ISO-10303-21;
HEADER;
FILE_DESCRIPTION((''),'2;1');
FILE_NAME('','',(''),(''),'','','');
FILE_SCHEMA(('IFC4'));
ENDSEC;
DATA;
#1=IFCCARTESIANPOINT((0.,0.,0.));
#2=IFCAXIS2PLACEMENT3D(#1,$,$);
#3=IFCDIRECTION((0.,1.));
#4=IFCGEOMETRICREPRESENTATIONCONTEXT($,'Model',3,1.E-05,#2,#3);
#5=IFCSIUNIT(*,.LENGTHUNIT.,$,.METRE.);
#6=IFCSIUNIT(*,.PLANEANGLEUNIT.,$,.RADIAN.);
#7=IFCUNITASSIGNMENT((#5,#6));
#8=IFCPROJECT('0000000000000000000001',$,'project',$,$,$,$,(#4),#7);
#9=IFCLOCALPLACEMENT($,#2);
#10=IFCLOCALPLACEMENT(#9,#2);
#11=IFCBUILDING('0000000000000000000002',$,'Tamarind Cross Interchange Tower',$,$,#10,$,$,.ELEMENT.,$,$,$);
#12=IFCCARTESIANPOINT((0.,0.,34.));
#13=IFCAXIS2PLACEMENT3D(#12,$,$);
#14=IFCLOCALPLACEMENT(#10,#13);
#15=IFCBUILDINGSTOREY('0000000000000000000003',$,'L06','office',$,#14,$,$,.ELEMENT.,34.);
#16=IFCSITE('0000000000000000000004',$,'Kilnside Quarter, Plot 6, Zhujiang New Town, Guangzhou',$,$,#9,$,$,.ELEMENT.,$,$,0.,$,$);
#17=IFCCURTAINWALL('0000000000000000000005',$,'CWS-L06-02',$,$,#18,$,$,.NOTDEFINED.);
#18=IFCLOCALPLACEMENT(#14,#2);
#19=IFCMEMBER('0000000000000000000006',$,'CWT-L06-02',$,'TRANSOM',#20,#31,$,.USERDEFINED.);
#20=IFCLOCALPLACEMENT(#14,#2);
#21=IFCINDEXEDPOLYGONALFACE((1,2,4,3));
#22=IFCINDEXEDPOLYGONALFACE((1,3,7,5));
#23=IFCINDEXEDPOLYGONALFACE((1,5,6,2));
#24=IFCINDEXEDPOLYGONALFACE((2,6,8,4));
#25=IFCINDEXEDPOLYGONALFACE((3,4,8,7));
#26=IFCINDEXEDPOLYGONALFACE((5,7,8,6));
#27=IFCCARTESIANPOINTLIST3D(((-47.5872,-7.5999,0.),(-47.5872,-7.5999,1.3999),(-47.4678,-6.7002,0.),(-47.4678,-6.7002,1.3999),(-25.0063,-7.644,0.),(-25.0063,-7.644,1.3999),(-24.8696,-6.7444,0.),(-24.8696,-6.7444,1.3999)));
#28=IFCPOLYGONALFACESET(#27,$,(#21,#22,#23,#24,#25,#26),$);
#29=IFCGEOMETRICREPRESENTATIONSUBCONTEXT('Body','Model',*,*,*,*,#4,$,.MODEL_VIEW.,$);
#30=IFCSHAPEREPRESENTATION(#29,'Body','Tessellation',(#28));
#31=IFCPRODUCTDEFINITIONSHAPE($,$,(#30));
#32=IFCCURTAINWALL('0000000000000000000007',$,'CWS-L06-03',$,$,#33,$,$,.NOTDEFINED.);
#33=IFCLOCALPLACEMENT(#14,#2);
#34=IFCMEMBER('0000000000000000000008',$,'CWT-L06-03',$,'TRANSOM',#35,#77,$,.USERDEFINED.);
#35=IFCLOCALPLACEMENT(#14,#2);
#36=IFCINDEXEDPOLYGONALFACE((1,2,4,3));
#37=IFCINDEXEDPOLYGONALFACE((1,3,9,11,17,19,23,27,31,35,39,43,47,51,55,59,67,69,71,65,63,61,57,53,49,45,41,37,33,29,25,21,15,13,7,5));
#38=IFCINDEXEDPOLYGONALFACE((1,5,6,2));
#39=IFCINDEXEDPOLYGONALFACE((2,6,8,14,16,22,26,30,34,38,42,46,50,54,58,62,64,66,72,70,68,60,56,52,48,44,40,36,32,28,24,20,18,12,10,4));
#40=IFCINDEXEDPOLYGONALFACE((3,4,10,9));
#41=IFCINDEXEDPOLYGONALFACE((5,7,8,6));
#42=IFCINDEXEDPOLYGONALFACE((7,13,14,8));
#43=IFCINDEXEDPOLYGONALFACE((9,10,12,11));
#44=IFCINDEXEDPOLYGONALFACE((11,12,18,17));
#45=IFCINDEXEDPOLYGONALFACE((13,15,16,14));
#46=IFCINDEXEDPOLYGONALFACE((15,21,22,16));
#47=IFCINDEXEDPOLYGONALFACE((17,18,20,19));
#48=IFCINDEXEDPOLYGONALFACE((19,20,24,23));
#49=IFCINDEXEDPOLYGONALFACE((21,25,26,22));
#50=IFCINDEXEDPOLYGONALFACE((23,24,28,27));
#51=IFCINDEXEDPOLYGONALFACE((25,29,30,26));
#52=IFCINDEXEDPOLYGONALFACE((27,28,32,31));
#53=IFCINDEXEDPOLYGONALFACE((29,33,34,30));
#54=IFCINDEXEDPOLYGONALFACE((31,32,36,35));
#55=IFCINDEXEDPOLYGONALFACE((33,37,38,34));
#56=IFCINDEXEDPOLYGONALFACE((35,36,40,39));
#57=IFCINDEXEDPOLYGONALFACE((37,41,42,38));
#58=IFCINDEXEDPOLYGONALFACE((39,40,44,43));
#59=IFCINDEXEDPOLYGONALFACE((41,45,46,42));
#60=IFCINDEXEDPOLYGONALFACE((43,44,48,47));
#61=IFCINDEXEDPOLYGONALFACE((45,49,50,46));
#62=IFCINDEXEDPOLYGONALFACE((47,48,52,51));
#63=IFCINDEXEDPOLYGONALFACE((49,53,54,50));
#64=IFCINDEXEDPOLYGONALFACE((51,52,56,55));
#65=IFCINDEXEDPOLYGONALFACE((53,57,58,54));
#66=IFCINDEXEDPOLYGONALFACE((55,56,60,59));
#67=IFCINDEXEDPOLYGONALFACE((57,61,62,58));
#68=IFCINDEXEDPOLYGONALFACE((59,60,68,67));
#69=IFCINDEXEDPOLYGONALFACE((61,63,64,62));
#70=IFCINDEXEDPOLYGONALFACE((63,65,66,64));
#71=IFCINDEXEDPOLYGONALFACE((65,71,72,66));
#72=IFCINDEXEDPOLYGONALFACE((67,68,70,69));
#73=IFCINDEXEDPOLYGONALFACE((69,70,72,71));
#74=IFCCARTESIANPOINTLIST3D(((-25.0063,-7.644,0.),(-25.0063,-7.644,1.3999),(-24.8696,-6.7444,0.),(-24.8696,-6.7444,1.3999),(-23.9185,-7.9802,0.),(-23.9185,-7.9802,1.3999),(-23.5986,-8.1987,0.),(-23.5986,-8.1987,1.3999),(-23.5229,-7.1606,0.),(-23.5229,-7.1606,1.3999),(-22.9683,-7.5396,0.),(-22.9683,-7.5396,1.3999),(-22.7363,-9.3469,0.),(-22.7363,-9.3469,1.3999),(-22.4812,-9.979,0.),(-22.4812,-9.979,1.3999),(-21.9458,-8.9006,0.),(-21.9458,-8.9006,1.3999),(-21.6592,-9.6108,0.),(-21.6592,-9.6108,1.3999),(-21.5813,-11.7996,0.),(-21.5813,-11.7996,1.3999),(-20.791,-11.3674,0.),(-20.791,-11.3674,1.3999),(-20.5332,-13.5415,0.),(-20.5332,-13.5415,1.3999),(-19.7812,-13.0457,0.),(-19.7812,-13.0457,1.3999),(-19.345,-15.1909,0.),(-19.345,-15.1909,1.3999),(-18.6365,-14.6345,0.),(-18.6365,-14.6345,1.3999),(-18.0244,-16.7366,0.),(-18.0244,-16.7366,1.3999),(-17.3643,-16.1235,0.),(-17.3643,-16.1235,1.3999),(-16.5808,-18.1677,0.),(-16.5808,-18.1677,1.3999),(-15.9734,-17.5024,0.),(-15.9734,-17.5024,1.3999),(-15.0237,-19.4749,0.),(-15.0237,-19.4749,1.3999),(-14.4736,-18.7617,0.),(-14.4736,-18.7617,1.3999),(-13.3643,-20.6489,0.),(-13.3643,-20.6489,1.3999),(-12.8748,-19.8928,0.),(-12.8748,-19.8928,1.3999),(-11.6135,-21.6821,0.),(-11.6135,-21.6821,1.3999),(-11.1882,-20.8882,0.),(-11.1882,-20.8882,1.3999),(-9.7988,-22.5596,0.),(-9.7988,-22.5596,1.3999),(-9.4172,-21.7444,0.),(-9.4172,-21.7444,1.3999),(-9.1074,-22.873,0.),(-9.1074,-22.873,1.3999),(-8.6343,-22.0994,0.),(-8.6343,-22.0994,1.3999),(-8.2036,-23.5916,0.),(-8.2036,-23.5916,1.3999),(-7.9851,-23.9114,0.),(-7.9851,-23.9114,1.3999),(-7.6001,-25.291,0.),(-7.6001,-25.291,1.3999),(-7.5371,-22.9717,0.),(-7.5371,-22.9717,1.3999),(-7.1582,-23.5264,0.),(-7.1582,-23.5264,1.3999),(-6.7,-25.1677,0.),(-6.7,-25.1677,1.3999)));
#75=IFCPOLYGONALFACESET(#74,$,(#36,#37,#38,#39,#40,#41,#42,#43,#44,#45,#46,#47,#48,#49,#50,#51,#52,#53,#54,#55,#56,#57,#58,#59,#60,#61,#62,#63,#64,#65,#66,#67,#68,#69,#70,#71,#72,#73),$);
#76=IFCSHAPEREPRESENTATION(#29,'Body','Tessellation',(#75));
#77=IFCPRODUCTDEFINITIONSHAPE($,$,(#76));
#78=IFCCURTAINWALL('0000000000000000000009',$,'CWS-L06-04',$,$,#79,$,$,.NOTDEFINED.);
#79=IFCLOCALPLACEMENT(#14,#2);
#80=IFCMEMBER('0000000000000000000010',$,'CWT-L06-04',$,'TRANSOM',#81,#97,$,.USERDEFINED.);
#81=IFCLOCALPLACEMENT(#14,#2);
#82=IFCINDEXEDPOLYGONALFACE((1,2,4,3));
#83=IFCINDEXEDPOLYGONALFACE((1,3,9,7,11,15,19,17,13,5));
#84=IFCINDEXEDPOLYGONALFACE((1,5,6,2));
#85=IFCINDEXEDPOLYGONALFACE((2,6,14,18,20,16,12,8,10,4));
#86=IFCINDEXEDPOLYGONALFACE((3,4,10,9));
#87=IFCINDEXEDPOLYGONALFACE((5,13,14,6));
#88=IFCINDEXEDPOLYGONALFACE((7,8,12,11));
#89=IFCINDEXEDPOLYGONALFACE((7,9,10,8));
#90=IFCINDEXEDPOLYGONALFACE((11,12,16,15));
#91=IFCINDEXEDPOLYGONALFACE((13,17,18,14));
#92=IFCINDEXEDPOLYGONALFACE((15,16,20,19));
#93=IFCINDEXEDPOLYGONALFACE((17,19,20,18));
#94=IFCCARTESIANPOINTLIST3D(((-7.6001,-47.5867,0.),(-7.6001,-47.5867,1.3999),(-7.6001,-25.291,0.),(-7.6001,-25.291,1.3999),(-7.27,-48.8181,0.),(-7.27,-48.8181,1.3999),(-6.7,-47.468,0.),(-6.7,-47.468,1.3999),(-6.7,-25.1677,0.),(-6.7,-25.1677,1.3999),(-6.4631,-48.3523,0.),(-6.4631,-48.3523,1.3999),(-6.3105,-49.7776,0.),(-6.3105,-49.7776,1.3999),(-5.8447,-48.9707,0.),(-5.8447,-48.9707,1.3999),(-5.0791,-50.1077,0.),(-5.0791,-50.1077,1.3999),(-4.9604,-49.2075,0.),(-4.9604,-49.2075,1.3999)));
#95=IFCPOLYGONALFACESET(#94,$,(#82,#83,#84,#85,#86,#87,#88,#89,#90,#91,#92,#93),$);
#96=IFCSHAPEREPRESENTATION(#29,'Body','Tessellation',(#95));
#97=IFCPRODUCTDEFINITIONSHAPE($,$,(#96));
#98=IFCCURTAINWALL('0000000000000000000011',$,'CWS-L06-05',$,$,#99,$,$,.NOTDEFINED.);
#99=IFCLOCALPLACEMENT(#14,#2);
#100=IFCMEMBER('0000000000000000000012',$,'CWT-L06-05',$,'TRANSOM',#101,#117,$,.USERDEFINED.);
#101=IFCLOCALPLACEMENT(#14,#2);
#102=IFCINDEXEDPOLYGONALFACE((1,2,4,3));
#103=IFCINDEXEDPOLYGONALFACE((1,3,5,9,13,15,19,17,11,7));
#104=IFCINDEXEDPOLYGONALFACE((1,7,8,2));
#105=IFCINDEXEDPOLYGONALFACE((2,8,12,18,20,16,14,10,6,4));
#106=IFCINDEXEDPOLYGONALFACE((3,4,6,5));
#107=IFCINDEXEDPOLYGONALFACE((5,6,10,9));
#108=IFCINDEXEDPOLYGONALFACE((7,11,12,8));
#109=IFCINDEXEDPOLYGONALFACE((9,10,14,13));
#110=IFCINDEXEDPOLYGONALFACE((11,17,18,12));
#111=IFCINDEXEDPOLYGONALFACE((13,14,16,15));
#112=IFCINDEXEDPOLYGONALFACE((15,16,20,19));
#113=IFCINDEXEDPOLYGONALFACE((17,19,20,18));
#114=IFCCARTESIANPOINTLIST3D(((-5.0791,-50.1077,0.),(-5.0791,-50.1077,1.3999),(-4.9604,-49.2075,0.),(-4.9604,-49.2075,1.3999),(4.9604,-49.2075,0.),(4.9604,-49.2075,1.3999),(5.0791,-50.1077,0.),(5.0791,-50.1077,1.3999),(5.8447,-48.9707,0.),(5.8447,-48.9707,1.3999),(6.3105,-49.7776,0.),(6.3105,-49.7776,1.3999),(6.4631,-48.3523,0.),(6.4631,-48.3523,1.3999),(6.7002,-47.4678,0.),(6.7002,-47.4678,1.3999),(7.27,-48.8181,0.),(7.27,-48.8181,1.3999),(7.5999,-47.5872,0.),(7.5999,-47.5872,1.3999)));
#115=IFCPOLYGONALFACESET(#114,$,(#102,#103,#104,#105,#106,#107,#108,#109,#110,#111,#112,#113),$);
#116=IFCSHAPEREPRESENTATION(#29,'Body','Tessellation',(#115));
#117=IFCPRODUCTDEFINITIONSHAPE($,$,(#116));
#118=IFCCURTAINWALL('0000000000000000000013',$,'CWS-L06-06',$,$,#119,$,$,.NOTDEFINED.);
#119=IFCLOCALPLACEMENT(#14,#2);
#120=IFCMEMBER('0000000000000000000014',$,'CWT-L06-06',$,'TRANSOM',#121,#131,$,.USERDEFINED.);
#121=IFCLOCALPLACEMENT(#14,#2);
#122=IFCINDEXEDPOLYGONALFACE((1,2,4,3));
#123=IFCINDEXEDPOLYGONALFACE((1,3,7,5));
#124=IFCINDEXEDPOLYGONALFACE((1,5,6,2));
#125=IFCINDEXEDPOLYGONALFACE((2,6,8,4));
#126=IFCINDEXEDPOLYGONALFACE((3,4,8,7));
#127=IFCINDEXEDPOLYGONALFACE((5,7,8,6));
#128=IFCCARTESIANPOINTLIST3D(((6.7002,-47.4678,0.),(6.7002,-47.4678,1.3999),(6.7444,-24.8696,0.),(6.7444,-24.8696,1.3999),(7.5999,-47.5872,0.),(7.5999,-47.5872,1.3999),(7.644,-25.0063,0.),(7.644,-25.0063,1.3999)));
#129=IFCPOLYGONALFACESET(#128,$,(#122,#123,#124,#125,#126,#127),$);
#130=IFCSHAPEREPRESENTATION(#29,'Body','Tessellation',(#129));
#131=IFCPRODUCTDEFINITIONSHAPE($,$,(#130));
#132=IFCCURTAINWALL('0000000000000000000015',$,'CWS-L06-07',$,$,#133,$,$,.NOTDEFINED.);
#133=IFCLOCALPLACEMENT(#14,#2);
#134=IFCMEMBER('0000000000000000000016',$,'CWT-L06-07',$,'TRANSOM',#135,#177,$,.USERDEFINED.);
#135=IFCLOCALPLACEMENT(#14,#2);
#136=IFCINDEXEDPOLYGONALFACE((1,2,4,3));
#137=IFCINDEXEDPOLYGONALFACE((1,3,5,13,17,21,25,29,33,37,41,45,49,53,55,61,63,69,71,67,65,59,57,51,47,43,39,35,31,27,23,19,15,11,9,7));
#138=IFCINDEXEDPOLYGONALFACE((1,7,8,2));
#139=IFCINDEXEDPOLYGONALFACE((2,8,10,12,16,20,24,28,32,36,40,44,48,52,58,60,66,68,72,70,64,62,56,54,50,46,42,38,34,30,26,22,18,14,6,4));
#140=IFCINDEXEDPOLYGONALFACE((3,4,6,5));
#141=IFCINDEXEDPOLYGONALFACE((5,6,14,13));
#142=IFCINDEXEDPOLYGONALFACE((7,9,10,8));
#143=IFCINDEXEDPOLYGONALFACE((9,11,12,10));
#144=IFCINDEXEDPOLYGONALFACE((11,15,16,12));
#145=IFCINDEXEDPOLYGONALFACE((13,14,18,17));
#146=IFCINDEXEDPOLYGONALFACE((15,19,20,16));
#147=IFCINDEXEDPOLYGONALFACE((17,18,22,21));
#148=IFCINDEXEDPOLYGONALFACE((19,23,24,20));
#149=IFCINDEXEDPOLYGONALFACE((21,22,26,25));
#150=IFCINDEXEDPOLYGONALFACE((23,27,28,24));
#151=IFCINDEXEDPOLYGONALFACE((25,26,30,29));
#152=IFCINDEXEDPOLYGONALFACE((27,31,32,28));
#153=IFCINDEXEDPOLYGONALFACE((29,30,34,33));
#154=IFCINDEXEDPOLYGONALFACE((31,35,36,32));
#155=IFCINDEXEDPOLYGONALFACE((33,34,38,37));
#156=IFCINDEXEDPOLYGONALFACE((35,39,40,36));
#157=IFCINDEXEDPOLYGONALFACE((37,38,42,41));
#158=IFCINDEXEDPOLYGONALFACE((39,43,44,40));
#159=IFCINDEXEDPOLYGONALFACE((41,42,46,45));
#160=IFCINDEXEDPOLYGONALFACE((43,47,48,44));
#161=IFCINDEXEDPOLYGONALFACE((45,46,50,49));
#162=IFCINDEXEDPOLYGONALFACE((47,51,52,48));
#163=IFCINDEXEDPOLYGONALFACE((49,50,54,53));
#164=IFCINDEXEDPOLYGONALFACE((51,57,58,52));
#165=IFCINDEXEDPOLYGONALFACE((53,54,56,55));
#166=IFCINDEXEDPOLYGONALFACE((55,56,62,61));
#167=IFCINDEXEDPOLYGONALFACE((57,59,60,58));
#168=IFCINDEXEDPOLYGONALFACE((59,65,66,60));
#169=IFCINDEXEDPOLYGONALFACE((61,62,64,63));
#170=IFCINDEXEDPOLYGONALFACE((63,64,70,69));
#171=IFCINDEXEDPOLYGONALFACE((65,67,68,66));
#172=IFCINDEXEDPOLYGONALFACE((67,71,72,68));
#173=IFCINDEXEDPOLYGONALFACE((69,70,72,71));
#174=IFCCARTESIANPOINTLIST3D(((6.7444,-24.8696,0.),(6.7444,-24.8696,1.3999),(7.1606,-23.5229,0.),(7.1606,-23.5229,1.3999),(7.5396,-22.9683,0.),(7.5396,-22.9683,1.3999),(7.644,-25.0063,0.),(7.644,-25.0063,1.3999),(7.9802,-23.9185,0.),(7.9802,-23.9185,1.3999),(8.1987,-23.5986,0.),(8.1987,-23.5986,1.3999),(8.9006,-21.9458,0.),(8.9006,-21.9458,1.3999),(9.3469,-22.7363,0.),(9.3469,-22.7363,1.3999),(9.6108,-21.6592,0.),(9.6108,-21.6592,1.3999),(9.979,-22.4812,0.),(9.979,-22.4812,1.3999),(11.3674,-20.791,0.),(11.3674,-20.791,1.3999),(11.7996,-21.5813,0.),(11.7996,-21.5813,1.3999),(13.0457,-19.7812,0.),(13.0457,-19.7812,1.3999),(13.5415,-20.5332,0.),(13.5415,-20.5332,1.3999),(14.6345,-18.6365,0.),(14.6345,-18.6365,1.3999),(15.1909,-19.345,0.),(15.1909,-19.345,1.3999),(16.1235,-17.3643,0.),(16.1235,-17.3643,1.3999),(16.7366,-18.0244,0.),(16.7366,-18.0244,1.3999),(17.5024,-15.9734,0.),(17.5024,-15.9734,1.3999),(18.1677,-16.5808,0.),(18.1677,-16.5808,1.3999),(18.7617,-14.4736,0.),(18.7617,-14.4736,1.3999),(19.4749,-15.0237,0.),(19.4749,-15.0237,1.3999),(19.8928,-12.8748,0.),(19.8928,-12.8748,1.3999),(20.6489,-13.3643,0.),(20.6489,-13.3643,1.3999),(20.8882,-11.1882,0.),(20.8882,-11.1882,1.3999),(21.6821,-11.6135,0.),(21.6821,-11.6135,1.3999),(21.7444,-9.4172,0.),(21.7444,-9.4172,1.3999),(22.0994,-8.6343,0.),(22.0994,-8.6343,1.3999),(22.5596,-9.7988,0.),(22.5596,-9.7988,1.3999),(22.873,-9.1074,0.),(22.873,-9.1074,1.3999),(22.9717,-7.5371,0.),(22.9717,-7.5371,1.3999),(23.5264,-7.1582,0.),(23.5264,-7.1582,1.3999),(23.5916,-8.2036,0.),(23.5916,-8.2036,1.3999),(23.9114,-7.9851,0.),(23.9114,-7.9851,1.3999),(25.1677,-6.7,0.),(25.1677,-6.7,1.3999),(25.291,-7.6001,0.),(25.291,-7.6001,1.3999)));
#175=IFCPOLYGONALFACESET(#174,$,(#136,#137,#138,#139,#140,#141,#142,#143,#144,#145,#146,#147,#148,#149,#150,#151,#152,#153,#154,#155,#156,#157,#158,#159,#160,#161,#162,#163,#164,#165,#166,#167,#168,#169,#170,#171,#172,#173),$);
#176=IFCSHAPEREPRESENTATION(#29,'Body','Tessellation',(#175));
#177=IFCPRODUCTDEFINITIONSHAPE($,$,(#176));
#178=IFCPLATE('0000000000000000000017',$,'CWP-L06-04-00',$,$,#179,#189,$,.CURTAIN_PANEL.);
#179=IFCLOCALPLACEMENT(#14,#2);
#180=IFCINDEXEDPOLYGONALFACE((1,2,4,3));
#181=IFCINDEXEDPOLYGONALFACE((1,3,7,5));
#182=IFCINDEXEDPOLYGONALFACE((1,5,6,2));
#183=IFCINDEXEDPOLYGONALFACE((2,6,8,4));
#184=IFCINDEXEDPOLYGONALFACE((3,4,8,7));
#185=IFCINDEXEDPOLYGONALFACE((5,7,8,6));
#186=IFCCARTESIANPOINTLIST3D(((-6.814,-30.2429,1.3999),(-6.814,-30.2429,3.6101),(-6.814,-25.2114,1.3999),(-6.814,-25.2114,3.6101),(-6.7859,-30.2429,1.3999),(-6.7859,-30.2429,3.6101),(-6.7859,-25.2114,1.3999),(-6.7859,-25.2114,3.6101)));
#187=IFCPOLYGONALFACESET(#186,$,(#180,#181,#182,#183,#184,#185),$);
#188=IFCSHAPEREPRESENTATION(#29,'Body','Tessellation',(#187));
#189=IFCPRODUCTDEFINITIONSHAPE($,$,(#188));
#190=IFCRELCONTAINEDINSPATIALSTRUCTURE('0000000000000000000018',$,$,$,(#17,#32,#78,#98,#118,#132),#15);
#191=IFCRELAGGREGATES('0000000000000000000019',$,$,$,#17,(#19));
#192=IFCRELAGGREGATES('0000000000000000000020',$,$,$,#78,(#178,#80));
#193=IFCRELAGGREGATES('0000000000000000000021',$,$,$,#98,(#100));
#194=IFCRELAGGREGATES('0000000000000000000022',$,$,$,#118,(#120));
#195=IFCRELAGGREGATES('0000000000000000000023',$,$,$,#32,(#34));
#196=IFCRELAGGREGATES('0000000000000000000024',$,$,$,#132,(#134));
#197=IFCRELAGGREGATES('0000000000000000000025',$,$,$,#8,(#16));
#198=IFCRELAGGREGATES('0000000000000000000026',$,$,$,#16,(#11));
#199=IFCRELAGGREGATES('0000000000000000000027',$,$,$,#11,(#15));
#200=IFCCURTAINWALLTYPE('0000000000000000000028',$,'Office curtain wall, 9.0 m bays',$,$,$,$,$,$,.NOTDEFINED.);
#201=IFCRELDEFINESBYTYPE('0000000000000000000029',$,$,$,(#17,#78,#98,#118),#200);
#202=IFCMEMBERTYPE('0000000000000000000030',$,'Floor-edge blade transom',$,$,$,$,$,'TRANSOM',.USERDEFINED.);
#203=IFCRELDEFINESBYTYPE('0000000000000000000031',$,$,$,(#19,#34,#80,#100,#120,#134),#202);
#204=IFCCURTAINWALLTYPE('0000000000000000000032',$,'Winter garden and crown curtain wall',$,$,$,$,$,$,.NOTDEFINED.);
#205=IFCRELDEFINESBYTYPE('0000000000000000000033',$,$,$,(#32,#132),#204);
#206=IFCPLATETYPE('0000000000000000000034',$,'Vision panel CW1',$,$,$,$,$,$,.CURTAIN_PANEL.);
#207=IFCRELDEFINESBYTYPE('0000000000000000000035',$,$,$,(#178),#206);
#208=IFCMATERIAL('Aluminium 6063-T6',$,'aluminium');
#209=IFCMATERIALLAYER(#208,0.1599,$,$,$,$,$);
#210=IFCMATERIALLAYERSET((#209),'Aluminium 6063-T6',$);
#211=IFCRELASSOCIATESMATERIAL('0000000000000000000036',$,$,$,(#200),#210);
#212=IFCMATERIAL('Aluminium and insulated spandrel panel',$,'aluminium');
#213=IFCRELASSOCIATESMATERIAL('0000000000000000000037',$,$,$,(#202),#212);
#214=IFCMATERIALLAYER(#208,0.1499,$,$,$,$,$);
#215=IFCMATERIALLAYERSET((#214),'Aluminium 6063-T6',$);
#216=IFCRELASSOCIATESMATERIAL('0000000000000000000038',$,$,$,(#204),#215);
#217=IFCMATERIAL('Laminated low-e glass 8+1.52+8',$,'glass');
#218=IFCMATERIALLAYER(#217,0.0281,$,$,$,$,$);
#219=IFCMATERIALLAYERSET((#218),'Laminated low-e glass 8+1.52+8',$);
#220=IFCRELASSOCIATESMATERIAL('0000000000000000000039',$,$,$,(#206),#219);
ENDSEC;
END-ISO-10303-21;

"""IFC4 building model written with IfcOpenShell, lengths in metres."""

from ifc_helpers import new_model, si_unit, direction, frame, origin, place, context, subcontext, project, spatial, polyline, outline, extrude, material, layer, layer_set, type_object, element, aggregate, save


model = new_model("IFC4")

# Units and contexts
model_context = context("Model", 3, precision=1e-05, world=origin(), true_north=direction((0.0, 1.0)))
body_context = subcontext(model_context, "Body", "Model", "MODEL_VIEW")
ifc_project = project(units=[si_unit("LENGTHUNIT", "METRE"), si_unit("PLANEANGLEUNIT", "RADIAN")], contexts=[model_context])

# Site, building, storey
site_placement = place(None, origin())
site = spatial("IfcSite", under=ifc_project, at=site_placement, Name="Kilnside Quarter, Plot 6, Zhujiang New Town, Guangzhou", CompositionType="ELEMENT", RefElevation=0.0)
building_placement = place(site_placement, origin())
building = spatial("IfcBuilding", under=site, at=building_placement, Name="Tamarind Cross Interchange Tower", CompositionType="ELEMENT")
storey_placement = place(building_placement, frame((0.0, 0.0, 34.0)))
storey = spatial("IfcBuildingStorey", under=building, at=storey_placement, Name="L06", Description="office", CompositionType="ELEMENT", Elevation=34.0)

# Curtain walls, members
ifc_material_1 = material(Name="Aluminium 6063-T6", Category="aluminium")
ifc_layer_1 = layer(ifc_material_1, 0.1599)
ifc_layer_set_1 = layer_set([ifc_layer_1], Name="Aluminium 6063-T6")
curtain_wall_type_1 = type_object("IfcCurtainWallType", Name="Office curtain wall, 9.0 m bays", PredefinedType="NOTDEFINED", material=ifc_layer_set_1)
curtain_wall_1_placement = place(storey_placement, origin())
curtain_wall_1 = element("IfcCurtainWall", 1, at=curtain_wall_1_placement, inside=storey, type_object=curtain_wall_type_1, Name="CWS-L06-02", PredefinedType="NOTDEFINED")
ifc_material_2 = material(Name="Aluminium and insulated spandrel panel", Category="aluminium")
member_type = type_object("IfcMemberType", Name="Floor-edge blade transom", ElementType="TRANSOM", PredefinedType="USERDEFINED", material=ifc_material_2)
member_1_placement = place(storey_placement, origin())
member_1 = element("IfcMember", 2, at=member_1_placement, type_object=member_type, Name="CWT-L06-02", ObjectType="TRANSOM", PredefinedType="USERDEFINED", context=body_context, shape_type="SweptSolid", body=[
    extrude(outline(polyline([(-47.4678, -6.7002), (-24.8696, -6.7444), (-25.0063, -7.644), (-47.5872, -7.5999), (-47.4678, -6.7002)])), origin(), (0.0, 0.0, 1.0), 1.3999),
])
aggregate(curtain_wall_1, [member_1])
ifc_layer_2 = layer(ifc_material_1, 0.1499)
ifc_layer_set_2 = layer_set([ifc_layer_2], Name="Aluminium 6063-T6")
curtain_wall_type_2 = type_object("IfcCurtainWallType", Name="Winter garden and crown curtain wall", PredefinedType="NOTDEFINED", material=ifc_layer_set_2)
curtain_wall_2_placement = place(storey_placement, origin())
curtain_wall_2 = element("IfcCurtainWall", 3, at=curtain_wall_2_placement, inside=storey, type_object=curtain_wall_type_2, Name="CWS-L06-03", PredefinedType="NOTDEFINED")
member_2_placement = place(storey_placement, origin())
member_2 = element("IfcMember", 4, at=member_2_placement, type_object=member_type, Name="CWT-L06-03", ObjectType="TRANSOM", PredefinedType="USERDEFINED", context=body_context, shape_type="SweptSolid", body=[
    extrude(outline(polyline([(-24.8696, -6.7444), (-23.5229, -7.1606), (-22.9683, -7.5396), (-21.9458, -8.9006), (-21.6592, -9.6108), (-20.791, -11.3674), (-19.7812, -13.0457), (-18.6365, -14.6345), (-17.3643, -16.1235), (-15.9734, -17.5024), (-14.4736, -18.7617), (-12.8748, -19.8928), (-11.1882, -20.8882), (-9.4172, -21.7444), (-8.6343, -22.0994), (-7.5371, -22.9717), (-7.1582, -23.5264), (-6.7, -25.1677), (-7.6001, -25.291), (-7.9851, -23.9114), (-8.2036, -23.5916), (-9.1074, -22.873), (-9.7988, -22.5596), (-11.6135, -21.6821), (-13.3643, -20.6489), (-15.0237, -19.4749), (-16.5808, -18.1677), (-18.0244, -16.7366), (-19.345, -15.1909), (-20.5332, -13.5415), (-21.5813, -11.7996), (-22.4812, -9.979), (-22.7363, -9.3469), (-23.5986, -8.1987), (-23.9185, -7.9802), (-25.0063, -7.644), (-24.8696, -6.7444)])), origin(), (0.0, 0.0, 1.0), 1.3999),
])
curtain_wall_3_placement = place(storey_placement, origin())
curtain_wall_3 = element("IfcCurtainWall", 5, at=curtain_wall_3_placement, inside=storey, type_object=curtain_wall_type_1, Name="CWS-L06-04", PredefinedType="NOTDEFINED")
member_3_placement = place(storey_placement, origin())
member_3 = element("IfcMember", 6, at=member_3_placement, type_object=member_type, Name="CWT-L06-04", ObjectType="TRANSOM", PredefinedType="USERDEFINED", context=body_context, shape_type="SweptSolid", body=[
    extrude(outline(polyline([(-6.7, -25.1677), (-6.7, -47.468), (-6.4631, -48.3523), (-5.8447, -48.9707), (-4.9604, -49.2075), (-5.0791, -50.1077), (-6.3105, -49.7776), (-7.27, -48.8181), (-7.6001, -47.5867), (-7.6001, -25.291), (-6.7, -25.1677)])), origin(), (0.0, 0.0, 1.0), 1.3999),
])
curtain_wall_4_placement = place(storey_placement, origin())
curtain_wall_4 = element("IfcCurtainWall", 7, at=curtain_wall_4_placement, inside=storey, type_object=curtain_wall_type_1, Name="CWS-L06-05", PredefinedType="NOTDEFINED")
member_4_placement = place(storey_placement, origin())
member_4 = element("IfcMember", 8, at=member_4_placement, type_object=member_type, Name="CWT-L06-05", ObjectType="TRANSOM", PredefinedType="USERDEFINED", context=body_context, shape_type="SweptSolid", body=[
    extrude(outline(polyline([(-4.9604, -49.2075), (4.9604, -49.2075), (5.8447, -48.9707), (6.4631, -48.3523), (6.7002, -47.4678), (7.5999, -47.5872), (7.27, -48.8181), (6.3105, -49.7776), (5.0791, -50.1077), (-5.0791, -50.1077), (-4.9604, -49.2075)])), origin(), (0.0, 0.0, 1.0), 1.3999),
])
curtain_wall_5_placement = place(storey_placement, origin())
curtain_wall_5 = element("IfcCurtainWall", 9, at=curtain_wall_5_placement, inside=storey, type_object=curtain_wall_type_1, Name="CWS-L06-06", PredefinedType="NOTDEFINED")
member_5_placement = place(storey_placement, origin())
member_5 = element("IfcMember", 10, at=member_5_placement, type_object=member_type, Name="CWT-L06-06", ObjectType="TRANSOM", PredefinedType="USERDEFINED", context=body_context, shape_type="SweptSolid", body=[
    extrude(outline(polyline([(6.7002, -47.4678), (6.7444, -24.8696), (7.644, -25.0063), (7.5999, -47.5872), (6.7002, -47.4678)])), origin(), (0.0, 0.0, 1.0), 1.3999),
])
curtain_wall_6_placement = place(storey_placement, origin())
curtain_wall_6 = element("IfcCurtainWall", 11, at=curtain_wall_6_placement, inside=storey, type_object=curtain_wall_type_2, Name="CWS-L06-07", PredefinedType="NOTDEFINED")
member_6_placement = place(storey_placement, origin())
member_6 = element("IfcMember", 12, at=member_6_placement, type_object=member_type, Name="CWT-L06-07", ObjectType="TRANSOM", PredefinedType="USERDEFINED", context=body_context, shape_type="SweptSolid", body=[
    extrude(outline(polyline([(6.7444, -24.8696), (7.1606, -23.5229), (7.5396, -22.9683), (8.9006, -21.9458), (9.6108, -21.6592), (11.3674, -20.791), (13.0457, -19.7812), (14.6345, -18.6365), (16.1235, -17.3643), (17.5024, -15.9734), (18.7617, -14.4736), (19.8928, -12.8748), (20.8882, -11.1882), (21.7444, -9.4172), (22.0994, -8.6343), (22.9717, -7.5371), (23.5264, -7.1582), (25.1677, -6.7), (25.291, -7.6001), (23.9114, -7.9851), (23.5916, -8.2036), (22.873, -9.1074), (22.5596, -9.7988), (21.6821, -11.6135), (20.6489, -13.3643), (19.4749, -15.0237), (18.1677, -16.5808), (16.7366, -18.0244), (15.1909, -19.345), (13.5415, -20.5332), (11.7996, -21.5813), (9.979, -22.4812), (9.3469, -22.7363), (8.1987, -23.5986), (7.9802, -23.9185), (7.644, -25.0063), (6.7444, -24.8696)])), origin(), (0.0, 0.0, 1.0), 1.3999),
])

# Plate
ifc_material_3 = material(Name="Laminated low-e glass 8+1.52+8", Category="glass")
ifc_layer_3 = layer(ifc_material_3, 0.0281)
ifc_layer_set_3 = layer_set([ifc_layer_3], Name="Laminated low-e glass 8+1.52+8")
plate_type_1 = type_object("IfcPlateType", Name="Vision panel CW1", PredefinedType="CURTAIN_PANEL", material=ifc_layer_set_3)
plate_1_placement = place(storey_placement, frame((0.0, 0.0, 1.3999)))
plate_1 = element("IfcPlate", 13, at=plate_1_placement, type_object=plate_type_1, Name="CWP-L06-04-00", PredefinedType="CURTAIN_PANEL", context=body_context, shape_type="SweptSolid", body=[
    extrude(outline(polyline([(-6.7859, -25.2114), (-6.7859, -30.2429), (-6.814, -30.2429), (-6.814, -25.2114), (-6.7859, -25.2114)])), origin(), (0.0, 0.0, 1.0), 2.2102),
])
aggregate(curtain_wall_3, [plate_1, member_3])
aggregate(curtain_wall_4, [member_4])
aggregate(curtain_wall_5, [member_5])
aggregate(curtain_wall_2, [member_2])
aggregate(curtain_wall_6, [member_6])

save(model, "model.ifc")
